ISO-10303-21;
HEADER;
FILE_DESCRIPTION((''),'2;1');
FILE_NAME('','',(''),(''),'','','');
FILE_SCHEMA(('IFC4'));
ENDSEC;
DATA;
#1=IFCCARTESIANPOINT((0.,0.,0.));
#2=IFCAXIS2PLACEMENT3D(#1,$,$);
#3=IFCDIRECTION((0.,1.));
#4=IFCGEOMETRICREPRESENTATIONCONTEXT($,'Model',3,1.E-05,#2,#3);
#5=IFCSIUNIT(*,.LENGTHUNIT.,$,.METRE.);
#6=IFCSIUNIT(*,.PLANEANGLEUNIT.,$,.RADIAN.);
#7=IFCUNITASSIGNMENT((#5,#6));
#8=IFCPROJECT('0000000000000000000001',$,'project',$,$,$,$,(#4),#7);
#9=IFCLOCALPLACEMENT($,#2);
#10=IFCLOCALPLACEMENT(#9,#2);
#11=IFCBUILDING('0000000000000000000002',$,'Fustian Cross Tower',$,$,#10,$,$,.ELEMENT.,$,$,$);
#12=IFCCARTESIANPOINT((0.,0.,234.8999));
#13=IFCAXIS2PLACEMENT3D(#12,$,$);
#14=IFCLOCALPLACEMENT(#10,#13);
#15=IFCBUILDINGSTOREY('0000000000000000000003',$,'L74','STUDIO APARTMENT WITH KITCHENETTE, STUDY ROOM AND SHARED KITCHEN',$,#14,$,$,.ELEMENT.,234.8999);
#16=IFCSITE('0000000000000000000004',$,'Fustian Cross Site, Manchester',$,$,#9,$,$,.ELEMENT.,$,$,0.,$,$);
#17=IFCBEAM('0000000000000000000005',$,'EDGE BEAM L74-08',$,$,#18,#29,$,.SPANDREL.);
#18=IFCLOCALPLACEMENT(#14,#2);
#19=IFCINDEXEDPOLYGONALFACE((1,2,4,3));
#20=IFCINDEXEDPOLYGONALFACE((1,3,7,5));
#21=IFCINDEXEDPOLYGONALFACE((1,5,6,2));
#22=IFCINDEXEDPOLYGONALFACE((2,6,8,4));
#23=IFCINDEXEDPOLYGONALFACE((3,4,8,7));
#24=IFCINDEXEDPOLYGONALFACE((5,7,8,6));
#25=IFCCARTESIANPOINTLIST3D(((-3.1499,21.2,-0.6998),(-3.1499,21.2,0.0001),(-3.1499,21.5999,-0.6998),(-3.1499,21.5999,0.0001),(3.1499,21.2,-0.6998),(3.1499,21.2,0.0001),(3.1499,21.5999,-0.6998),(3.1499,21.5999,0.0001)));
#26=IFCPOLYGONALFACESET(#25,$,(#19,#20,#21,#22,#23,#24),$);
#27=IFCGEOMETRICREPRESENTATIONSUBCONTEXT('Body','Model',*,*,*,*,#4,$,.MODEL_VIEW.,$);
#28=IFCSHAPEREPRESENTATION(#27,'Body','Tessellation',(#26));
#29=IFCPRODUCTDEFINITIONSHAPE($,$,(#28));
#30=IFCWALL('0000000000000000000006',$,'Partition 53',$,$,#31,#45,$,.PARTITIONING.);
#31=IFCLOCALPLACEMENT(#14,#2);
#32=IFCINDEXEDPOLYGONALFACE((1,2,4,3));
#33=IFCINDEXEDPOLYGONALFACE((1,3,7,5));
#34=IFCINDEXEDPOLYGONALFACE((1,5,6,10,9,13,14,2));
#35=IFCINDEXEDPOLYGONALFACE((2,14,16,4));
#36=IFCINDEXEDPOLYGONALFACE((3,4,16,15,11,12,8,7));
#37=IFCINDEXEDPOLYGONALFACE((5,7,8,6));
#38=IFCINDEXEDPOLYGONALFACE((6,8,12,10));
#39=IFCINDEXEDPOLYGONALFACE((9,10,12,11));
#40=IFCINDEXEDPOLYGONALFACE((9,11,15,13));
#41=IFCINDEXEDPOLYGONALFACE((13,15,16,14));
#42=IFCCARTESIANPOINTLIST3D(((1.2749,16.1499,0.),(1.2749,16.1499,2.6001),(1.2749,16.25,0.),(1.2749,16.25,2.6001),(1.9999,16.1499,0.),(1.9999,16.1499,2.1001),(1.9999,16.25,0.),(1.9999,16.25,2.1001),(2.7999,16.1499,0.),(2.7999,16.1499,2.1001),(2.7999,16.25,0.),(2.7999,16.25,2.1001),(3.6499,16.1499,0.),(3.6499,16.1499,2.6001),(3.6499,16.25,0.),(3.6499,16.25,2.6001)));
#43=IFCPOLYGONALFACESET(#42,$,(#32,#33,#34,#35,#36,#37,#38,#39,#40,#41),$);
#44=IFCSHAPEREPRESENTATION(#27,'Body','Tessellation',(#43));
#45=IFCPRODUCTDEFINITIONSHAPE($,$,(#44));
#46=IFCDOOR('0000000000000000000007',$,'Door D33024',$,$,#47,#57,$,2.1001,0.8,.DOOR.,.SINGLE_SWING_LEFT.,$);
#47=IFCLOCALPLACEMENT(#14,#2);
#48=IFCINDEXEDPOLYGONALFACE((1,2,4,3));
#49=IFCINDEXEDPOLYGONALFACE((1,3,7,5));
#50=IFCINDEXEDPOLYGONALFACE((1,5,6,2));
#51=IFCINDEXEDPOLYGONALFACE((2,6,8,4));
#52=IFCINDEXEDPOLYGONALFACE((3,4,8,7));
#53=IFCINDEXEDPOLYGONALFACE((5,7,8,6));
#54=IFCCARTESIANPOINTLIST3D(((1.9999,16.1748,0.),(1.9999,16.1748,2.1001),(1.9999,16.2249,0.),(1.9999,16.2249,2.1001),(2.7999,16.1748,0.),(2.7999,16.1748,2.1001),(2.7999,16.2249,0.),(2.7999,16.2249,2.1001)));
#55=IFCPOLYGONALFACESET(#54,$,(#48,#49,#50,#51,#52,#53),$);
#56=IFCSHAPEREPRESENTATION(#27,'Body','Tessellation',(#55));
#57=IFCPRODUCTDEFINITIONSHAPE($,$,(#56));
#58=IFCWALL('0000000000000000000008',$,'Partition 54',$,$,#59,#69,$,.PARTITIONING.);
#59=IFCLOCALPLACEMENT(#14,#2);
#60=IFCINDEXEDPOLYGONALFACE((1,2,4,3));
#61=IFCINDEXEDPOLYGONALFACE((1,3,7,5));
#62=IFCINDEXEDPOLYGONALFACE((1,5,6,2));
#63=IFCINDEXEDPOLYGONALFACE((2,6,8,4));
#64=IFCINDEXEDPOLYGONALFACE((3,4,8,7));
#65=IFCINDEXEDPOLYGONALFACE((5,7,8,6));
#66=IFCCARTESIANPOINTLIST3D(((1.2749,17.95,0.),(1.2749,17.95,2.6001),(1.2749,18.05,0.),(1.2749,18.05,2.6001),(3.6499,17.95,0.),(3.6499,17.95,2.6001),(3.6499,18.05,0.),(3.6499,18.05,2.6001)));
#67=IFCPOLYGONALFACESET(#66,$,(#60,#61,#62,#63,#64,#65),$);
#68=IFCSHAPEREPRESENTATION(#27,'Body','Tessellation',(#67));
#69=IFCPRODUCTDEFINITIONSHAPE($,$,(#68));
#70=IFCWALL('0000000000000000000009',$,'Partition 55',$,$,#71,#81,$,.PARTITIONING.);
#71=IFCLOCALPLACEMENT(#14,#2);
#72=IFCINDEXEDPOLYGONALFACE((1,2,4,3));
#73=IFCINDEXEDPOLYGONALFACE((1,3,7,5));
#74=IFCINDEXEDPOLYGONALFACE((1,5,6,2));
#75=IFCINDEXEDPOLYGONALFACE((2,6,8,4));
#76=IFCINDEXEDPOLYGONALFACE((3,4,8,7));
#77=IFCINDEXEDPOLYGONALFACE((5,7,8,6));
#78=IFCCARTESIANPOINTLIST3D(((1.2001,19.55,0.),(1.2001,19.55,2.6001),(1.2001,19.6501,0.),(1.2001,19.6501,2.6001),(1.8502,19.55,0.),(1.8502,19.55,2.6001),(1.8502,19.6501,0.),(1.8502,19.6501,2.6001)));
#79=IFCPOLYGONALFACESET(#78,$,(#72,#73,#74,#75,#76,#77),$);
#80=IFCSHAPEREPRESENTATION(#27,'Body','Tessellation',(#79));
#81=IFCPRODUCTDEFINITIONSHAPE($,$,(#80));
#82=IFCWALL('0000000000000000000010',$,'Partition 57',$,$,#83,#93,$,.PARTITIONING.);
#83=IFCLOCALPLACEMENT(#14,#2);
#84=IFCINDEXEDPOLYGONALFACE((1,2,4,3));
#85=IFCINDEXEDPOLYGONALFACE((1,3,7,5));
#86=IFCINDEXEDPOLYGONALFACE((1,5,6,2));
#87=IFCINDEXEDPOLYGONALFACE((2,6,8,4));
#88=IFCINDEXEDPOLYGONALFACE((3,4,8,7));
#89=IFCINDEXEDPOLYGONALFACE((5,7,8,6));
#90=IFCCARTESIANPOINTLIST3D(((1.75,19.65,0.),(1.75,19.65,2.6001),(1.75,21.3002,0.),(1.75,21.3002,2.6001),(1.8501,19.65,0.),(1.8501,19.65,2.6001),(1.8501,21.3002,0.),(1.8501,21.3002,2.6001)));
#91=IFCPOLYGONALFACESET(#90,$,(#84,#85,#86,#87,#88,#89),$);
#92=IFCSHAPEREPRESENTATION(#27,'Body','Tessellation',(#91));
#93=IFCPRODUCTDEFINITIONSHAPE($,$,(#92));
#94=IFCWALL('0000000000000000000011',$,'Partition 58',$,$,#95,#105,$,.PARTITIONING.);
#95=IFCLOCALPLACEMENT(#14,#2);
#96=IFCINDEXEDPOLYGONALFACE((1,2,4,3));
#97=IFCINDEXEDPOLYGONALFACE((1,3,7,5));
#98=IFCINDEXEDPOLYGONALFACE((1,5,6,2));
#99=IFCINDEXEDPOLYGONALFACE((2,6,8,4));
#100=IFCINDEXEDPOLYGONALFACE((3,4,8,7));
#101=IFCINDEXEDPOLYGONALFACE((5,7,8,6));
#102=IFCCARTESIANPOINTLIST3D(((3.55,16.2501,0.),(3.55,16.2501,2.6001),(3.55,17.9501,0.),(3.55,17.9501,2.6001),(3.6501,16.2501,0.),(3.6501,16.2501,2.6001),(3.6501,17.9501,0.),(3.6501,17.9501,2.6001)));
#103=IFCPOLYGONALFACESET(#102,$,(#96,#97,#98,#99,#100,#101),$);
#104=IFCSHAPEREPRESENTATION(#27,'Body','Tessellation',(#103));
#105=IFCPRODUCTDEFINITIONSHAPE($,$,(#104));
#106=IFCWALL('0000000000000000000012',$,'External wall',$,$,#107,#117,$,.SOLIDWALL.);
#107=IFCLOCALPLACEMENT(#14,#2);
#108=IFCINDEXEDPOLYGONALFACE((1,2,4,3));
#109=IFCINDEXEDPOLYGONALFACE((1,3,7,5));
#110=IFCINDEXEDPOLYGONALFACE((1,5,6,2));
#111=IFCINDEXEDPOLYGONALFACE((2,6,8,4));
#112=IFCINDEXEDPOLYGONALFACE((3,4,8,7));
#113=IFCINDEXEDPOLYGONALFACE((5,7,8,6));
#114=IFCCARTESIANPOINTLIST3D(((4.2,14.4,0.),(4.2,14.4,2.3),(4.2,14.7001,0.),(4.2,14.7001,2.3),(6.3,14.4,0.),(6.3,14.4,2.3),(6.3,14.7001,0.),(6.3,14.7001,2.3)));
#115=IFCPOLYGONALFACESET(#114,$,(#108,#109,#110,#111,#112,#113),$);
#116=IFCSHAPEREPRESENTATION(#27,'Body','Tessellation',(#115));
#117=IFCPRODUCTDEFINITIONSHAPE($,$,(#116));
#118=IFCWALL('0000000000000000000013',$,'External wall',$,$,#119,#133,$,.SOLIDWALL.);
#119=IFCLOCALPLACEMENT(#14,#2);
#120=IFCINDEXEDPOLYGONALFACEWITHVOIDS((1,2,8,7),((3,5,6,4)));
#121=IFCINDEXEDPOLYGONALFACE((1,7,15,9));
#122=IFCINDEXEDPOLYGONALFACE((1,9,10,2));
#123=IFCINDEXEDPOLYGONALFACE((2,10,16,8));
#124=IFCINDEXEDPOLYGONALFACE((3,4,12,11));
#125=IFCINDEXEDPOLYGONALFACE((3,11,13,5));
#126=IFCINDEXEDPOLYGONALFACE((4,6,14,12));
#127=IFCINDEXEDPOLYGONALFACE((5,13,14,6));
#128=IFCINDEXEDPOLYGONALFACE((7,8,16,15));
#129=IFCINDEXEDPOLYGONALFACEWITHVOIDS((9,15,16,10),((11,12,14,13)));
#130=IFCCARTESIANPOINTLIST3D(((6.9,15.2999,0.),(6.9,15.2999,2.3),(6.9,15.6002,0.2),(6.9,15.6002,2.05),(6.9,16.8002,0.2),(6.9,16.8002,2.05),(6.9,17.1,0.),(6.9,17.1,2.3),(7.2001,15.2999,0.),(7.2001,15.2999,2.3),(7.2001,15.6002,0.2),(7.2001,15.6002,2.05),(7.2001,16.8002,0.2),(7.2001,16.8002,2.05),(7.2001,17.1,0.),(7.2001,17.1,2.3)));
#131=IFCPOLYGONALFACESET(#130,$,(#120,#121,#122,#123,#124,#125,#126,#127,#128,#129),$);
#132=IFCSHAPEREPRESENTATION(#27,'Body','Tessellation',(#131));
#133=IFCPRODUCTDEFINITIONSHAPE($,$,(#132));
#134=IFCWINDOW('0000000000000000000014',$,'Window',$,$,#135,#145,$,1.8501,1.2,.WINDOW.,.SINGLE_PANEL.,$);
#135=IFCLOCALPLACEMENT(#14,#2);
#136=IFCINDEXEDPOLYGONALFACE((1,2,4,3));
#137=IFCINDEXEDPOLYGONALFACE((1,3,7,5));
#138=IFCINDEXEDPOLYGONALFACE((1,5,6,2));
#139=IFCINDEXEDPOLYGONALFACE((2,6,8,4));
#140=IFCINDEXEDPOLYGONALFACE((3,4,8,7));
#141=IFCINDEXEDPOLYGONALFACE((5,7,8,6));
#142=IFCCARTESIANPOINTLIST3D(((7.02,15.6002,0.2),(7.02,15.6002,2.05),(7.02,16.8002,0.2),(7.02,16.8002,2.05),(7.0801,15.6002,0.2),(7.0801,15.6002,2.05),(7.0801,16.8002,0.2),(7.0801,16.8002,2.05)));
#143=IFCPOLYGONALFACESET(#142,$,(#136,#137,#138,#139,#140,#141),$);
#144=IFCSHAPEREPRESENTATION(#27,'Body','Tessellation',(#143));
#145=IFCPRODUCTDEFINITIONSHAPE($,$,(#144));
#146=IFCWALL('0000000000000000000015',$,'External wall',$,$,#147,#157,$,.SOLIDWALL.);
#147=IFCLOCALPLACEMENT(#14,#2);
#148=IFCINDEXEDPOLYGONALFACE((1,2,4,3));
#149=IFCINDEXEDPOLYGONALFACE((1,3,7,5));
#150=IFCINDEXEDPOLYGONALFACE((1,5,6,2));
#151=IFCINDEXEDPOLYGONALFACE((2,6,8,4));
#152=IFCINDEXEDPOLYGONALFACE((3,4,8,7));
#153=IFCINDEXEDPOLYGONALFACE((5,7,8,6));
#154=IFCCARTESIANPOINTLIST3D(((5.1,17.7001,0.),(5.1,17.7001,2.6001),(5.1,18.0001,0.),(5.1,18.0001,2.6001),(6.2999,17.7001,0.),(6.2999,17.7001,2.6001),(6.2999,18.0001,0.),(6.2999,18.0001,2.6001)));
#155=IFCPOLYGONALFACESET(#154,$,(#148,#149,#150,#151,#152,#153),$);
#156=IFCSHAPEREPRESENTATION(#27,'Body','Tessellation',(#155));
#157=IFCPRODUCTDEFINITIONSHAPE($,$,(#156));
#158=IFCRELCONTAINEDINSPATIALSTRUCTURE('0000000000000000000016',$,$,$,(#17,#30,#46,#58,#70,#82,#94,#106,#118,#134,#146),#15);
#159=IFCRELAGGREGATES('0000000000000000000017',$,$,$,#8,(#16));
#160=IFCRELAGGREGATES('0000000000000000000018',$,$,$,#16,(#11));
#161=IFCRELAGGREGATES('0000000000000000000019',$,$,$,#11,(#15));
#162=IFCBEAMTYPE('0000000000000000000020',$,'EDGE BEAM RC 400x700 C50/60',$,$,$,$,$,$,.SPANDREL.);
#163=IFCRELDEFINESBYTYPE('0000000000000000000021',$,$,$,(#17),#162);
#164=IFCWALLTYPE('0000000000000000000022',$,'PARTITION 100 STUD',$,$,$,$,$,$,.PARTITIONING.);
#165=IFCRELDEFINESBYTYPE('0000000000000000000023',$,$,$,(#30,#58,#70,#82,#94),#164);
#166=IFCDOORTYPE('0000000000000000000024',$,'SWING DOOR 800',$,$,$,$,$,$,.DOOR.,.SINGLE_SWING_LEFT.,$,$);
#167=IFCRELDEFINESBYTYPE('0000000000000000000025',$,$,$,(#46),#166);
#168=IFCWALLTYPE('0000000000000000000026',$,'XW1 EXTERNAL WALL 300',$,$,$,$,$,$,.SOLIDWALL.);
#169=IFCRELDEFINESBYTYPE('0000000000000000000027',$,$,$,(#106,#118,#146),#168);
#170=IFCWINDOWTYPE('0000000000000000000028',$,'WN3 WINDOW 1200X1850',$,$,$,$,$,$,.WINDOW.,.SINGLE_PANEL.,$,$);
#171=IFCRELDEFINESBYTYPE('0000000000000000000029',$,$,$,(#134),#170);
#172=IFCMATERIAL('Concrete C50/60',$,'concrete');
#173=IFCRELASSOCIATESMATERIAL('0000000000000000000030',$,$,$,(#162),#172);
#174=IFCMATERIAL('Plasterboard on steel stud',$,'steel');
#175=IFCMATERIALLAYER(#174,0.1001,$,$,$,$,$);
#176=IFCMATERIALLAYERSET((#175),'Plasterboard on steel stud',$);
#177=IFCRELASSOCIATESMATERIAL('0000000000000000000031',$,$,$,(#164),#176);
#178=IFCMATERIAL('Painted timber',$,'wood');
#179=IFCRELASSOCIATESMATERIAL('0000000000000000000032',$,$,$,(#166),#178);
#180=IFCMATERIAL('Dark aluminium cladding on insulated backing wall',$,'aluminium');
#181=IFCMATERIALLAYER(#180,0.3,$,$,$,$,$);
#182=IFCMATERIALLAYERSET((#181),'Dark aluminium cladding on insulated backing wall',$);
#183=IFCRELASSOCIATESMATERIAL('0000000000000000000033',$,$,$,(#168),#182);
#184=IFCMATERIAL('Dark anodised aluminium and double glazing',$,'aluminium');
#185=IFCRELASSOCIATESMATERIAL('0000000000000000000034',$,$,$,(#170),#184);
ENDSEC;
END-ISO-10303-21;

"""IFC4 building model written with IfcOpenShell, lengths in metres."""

from ifc_helpers import new_model, si_unit, direction, frame, frame_2d, origin, origin_2d, place, context, subcontext, project, spatial, rectangle, extrude, material, layer, layer_set, material_profile, profile_set, type_object, element, fill, save


model = new_model("IFC4")

# Units and contexts
model_context = context("Model", 3, precision=1e-05, world=origin(), true_north=direction((0.0, 1.0)))
body_context = subcontext(model_context, "Body", "Model", "MODEL_VIEW")
ifc_project = project(units=[si_unit("LENGTHUNIT", "METRE"), si_unit("PLANEANGLEUNIT", "RADIAN")], contexts=[model_context])

# Site, building, storey
site_placement = place(None, origin())
site = spatial("IfcSite", under=ifc_project, at=site_placement, Name="Fustian Cross Site, Manchester", CompositionType="ELEMENT", RefElevation=0.0)
building_placement = place(site_placement, origin())
building = spatial("IfcBuilding", under=site, at=building_placement, Name="Fustian Cross Tower", CompositionType="ELEMENT")
storey_placement = place(building_placement, frame((0.0, 0.0, 234.8999)))
storey = spatial("IfcBuildingStorey", under=building, at=storey_placement, Name="L74", Description="STUDIO APARTMENT WITH KITCHENETTE, STUDY ROOM AND SHARED KITCHEN", CompositionType="ELEMENT", Elevation=234.8999)

# Beam
ifc_material_1 = material(Name="Concrete C50/60", Category="concrete")
ifc_material_profile_1 = material_profile(ifc_material_1, rectangle(XDim=0.3999, YDim=0.7, at=origin_2d()), Name="RC 400x700")
ifc_profile_set_1 = profile_set([ifc_material_profile_1], Name="Concrete C50/60")
beam_type = type_object("IfcBeamType", Name="EDGE BEAM RC 400x700 C50/60", PredefinedType="SPANDREL", material=ifc_profile_set_1)
beam_1_placement = place(storey_placement, frame((3.1499, 21.3999, -0.3499), z_axis=(-1.0, 0.0, 0.0), x_axis=(0.0, -1.0, 0.0)))
element("IfcBeam", 1, at=beam_1_placement, inside=storey, type_object=beam_type, Name="EDGE BEAM L74-08", PredefinedType="SPANDREL", context=body_context, shape_type="SweptSolid", body=[
    extrude(rectangle(XDim=0.3999, YDim=0.7, at=origin_2d()), origin(), (0.0, 0.0, 1.0), 6.2998),
])

# Wall, opening, door
ifc_material_2 = material(Name="Plasterboard on steel stud", Category="steel")
ifc_layer_1 = layer(ifc_material_2, 0.1001)
ifc_layer_set_1 = layer_set([ifc_layer_1], Name="Plasterboard on steel stud")
wall_type_1 = type_object("IfcWallType", Name="PARTITION 100 STUD", PredefinedType="PARTITIONING", material=ifc_layer_set_1)
wall_1_placement = place(storey_placement, frame((1.2749, 16.2, 0.0), z_axis=(0.0, 0.0, 1.0), x_axis=(1.0, 0.0, 0.0)))
wall_1 = element("IfcWall", 2, at=wall_1_placement, inside=storey, type_object=wall_type_1, Name="Partition 53", PredefinedType="PARTITIONING", context=body_context, shape_type="SweptSolid", body=[
    extrude(rectangle(XDim=2.375, YDim=0.1001, at=frame_2d((1.1875, 0.0))), origin(), (0.0, 0.0, 1.0), 2.6001),
])
opening_1_placement = place(wall_1_placement, frame((0.7251, 0.0, 0.0)))
opening_1 = element("IfcOpeningElement", 3, at=opening_1_placement, cuts=wall_1, PredefinedType="OPENING", context=body_context, shape_type="SweptSolid", body=[
    extrude(rectangle(XDim=0.8, YDim=2.1001, at=frame_2d((0.3999, 1.05))), frame((0.0, 0.0601, 0.0), z_axis=(0.0, -1.0, 0.0), x_axis=(1.0, 0.0, 0.0)), (0.0, 0.0, 1.0), 0.1201),
])
ifc_material_3 = material(Name="Painted timber", Category="wood")
door_type = type_object("IfcDoorType", Name="SWING DOOR 800", OperationType="SINGLE_SWING_LEFT", PredefinedType="DOOR", material=ifc_material_3)
door_placement = place(opening_1_placement, origin())
door = element("IfcDoor", 4, at=door_placement, inside=storey, type_object=door_type, Name="Door D33024", OperationType="SINGLE_SWING_LEFT", OverallHeight=2.1001, OverallWidth=0.8, PredefinedType="DOOR", context=body_context, shape_type="SweptSolid", body=[
    extrude(rectangle(XDim=0.8, YDim=2.1001, at=frame_2d((0.3999, 1.05))), frame((0.0, 0.0249, 0.0), z_axis=(0.0, -1.0, 0.0), x_axis=(1.0, 0.0, 0.0)), (0.0, 0.0, 1.0), 0.05),
])
fill(opening_1, door)

# Walls
wall_2_placement = place(storey_placement, frame((1.2749, 18.0, 0.0), z_axis=(0.0, 0.0, 1.0), x_axis=(1.0, 0.0, 0.0)))
element("IfcWall", 5, at=wall_2_placement, inside=storey, type_object=wall_type_1, Name="Partition 54", PredefinedType="PARTITIONING", context=body_context, shape_type="SweptSolid", body=[
    extrude(rectangle(XDim=2.375, YDim=0.1001, at=frame_2d((1.1875, 0.0))), origin(), (0.0, 0.0, 1.0), 2.6001),
])
wall_3_placement = place(storey_placement, frame((1.2, 19.6001, 0.0), z_axis=(0.0, 0.0, 1.0), x_axis=(1.0, 0.0, 0.0)))
element("IfcWall", 6, at=wall_3_placement, inside=storey, type_object=wall_type_1, Name="Partition 55", PredefinedType="PARTITIONING", context=body_context, shape_type="SweptSolid", body=[
    extrude(rectangle(XDim=0.6501, YDim=0.1001, at=frame_2d((0.3252, 0.0))), origin(), (0.0, 0.0, 1.0), 2.6001),
])
wall_4_placement = place(storey_placement, frame((1.8, 19.6499, 0.0), z_axis=(0.0, 0.0, 1.0), x_axis=(0.0, 1.0, 0.0)))
element("IfcWall", 7, at=wall_4_placement, inside=storey, type_object=wall_type_1, Name="Partition 57", PredefinedType="PARTITIONING", context=body_context, shape_type="SweptSolid", body=[
    extrude(rectangle(XDim=1.6501, YDim=0.1001, at=frame_2d((0.8252, 0.0))), origin(), (0.0, 0.0, 1.0), 2.6001),
])
wall_5_placement = place(storey_placement, frame((3.6001, 16.25, 0.0), z_axis=(0.0, 0.0, 1.0), x_axis=(0.0, 1.0, 0.0)))
element("IfcWall", 8, at=wall_5_placement, inside=storey, type_object=wall_type_1, Name="Partition 58", PredefinedType="PARTITIONING", context=body_context, shape_type="SweptSolid", body=[
    extrude(rectangle(XDim=1.7, YDim=0.1001, at=frame_2d((0.8501, 0.0))), origin(), (0.0, 0.0, 1.0), 2.6001),
])
ifc_material_4 = material(Name="Dark aluminium cladding on insulated backing wall", Category="aluminium")
ifc_layer_2 = layer(ifc_material_4, 0.3)
ifc_layer_set_2 = layer_set([ifc_layer_2], Name="Dark aluminium cladding on insulated backing wall")
wall_type_2 = type_object("IfcWallType", Name="XW1 EXTERNAL WALL 300", PredefinedType="SOLIDWALL", material=ifc_layer_set_2)
wall_6_placement = place(storey_placement, frame((4.2, 14.55, 0.0), z_axis=(0.0, 0.0, 1.0), x_axis=(1.0, 0.0, 0.0)))
element("IfcWall", 9, at=wall_6_placement, inside=storey, type_object=wall_type_2, Name="External wall", PredefinedType="SOLIDWALL", context=body_context, shape_type="SweptSolid", body=[
    extrude(rectangle(XDim=2.1001, YDim=0.3, at=frame_2d((1.05, 0.0))), origin(), (0.0, 0.0, 1.0), 2.3),
])

# Wall, opening, window
wall_7_placement = place(storey_placement, frame((7.05, 15.3, 0.0), z_axis=(0.0, 0.0, 1.0), x_axis=(0.0, 1.0, 0.0)))
wall_7 = element("IfcWall", 10, at=wall_7_placement, inside=storey, type_object=wall_type_2, Name="External wall", PredefinedType="SOLIDWALL", context=body_context, shape_type="SweptSolid", body=[
    extrude(rectangle(XDim=1.8, YDim=0.3, at=frame_2d((0.8999, 0.0))), origin(), (0.0, 0.0, 1.0), 2.3),
])
opening_2_placement = place(wall_7_placement, frame((0.3, 0.0, 0.2)))
opening_2 = element("IfcOpeningElement", 11, at=opening_2_placement, cuts=wall_7, PredefinedType="OPENING", context=body_context, shape_type="SweptSolid", body=[
    extrude(rectangle(XDim=1.2, YDim=1.8501, at=frame_2d((0.6001, 0.925))), frame((0.0, 0.1599, 0.0), z_axis=(0.0, -1.0, 0.0), x_axis=(1.0, 0.0, 0.0)), (0.0, 0.0, 1.0), 0.3201),
])
ifc_material_5 = material(Name="Dark anodised aluminium and double glazing", Category="aluminium")
window_type_1 = type_object("IfcWindowType", Name="WN3 WINDOW 1200X1850", PartitioningType="SINGLE_PANEL", PredefinedType="WINDOW", material=ifc_material_5)
window_1_placement = place(opening_2_placement, origin())
window_1 = element("IfcWindow", 12, at=window_1_placement, inside=storey, type_object=window_type_1, Name="Window", OverallHeight=1.8501, OverallWidth=1.2, PartitioningType="SINGLE_PANEL", PredefinedType="WINDOW", context=body_context, shape_type="SweptSolid", body=[
    extrude(rectangle(XDim=1.2, YDim=1.8501, at=frame_2d((0.6001, 0.925))), frame((0.0, 0.03, 0.0), z_axis=(0.0, -1.0, 0.0), x_axis=(1.0, 0.0, 0.0)), (0.0, 0.0, 1.0), 0.0601),
])
fill(opening_2, window_1)

# Wall
wall_8_placement = place(storey_placement, frame((6.3, 17.8501, 0.0), z_axis=(0.0, 0.0, 1.0), x_axis=(-1.0, 0.0, 0.0)))
element("IfcWall", 13, at=wall_8_placement, inside=storey, type_object=wall_type_2, Name="External wall", PredefinedType="SOLIDWALL", context=body_context, shape_type="SweptSolid", body=[
    extrude(rectangle(XDim=1.2, YDim=0.3, at=frame_2d((0.6001, 0.0))), origin(), (0.0, 0.0, 1.0), 2.6001),
])

save(model, "model.ifc")
